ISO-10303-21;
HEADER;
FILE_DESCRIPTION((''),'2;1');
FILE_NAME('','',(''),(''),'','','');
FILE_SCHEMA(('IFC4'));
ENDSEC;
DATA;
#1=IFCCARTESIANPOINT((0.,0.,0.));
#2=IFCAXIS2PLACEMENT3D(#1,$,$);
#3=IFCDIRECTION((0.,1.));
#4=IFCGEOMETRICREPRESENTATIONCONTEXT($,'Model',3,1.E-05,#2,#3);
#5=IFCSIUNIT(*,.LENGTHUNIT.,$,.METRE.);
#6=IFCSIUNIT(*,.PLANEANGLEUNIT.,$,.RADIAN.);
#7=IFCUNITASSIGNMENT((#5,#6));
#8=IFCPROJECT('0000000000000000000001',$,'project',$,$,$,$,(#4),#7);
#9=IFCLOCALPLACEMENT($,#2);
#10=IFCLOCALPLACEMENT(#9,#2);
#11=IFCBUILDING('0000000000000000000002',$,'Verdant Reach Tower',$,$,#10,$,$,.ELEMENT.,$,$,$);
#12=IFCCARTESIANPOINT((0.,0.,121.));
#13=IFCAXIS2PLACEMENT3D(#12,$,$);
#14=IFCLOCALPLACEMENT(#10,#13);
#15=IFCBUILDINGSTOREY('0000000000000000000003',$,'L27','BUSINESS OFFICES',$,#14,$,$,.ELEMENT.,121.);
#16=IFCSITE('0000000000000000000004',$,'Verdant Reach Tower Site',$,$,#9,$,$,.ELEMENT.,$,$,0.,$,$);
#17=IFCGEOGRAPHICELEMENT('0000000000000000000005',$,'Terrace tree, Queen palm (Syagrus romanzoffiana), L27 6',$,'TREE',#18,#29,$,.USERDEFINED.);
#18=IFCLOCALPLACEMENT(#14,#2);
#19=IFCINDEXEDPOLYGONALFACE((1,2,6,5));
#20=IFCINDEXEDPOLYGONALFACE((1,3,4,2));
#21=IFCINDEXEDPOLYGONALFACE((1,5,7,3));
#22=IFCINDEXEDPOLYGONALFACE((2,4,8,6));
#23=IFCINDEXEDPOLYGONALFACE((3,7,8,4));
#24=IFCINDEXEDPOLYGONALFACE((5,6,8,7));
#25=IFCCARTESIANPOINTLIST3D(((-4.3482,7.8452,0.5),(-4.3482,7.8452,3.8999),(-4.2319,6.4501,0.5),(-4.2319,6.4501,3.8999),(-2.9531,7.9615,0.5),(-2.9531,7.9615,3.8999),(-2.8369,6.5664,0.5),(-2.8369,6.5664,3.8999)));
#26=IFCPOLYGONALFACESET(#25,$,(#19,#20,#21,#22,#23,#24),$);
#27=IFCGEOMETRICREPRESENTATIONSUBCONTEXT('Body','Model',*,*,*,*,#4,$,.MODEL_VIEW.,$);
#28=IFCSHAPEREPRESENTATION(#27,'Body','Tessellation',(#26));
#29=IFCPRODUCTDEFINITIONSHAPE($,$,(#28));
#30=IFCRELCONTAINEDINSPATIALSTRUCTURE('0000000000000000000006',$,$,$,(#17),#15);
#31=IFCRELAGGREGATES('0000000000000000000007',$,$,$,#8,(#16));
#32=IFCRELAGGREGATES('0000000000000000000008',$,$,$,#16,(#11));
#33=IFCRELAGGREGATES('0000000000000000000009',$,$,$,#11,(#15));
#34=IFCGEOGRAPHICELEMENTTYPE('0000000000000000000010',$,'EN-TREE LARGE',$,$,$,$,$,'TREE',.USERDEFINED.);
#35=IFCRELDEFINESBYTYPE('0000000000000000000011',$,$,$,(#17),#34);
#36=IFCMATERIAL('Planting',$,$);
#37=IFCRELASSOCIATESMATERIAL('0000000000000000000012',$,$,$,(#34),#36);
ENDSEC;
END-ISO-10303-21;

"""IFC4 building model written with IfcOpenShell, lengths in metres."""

from ifc_helpers import new_model, si_unit, direction, frame, origin, origin_2d, place, context, subcontext, project, spatial, rectangle, extrude, material, type_object, element, save


model = new_model("IFC4")

# Units and contexts
model_context = context("Model", 3, precision=1e-05, world=origin(), true_north=direction((0.0, 1.0)))
body_context = subcontext(model_context, "Body", "Model", "MODEL_VIEW")
ifc_project = project(units=[si_unit("LENGTHUNIT", "METRE"), si_unit("PLANEANGLEUNIT", "RADIAN")], contexts=[model_context])

# Site, building, storey
site_placement = place(None, origin())
site = spatial("IfcSite", under=ifc_project, at=site_placement, Name="Verdant Reach Tower Site", CompositionType="ELEMENT", RefElevation=0.0)
building_placement = place(site_placement, origin())
building = spatial("IfcBuilding", under=site, at=building_placement, Name="Verdant Reach Tower", CompositionType="ELEMENT")
storey_placement = place(building_placement, frame((0.0, 0.0, 121.0)))
storey = spatial("IfcBuildingStorey", under=building, at=storey_placement, Name="L27", Description="BUSINESS OFFICES", CompositionType="ELEMENT", Elevation=121.0)

# Geographic element
ifc_material_1 = material(Name="Planting")
geographic_element_type_1 = type_object("IfcGeographicElementType", Name="EN-TREE LARGE", ElementType="TREE", PredefinedType="USERDEFINED", material=ifc_material_1)
geographic_element_placement = place(storey_placement, frame((-3.5925, 7.2058, 0.5), z_axis=(0.0, 0.0, 1.0), x_axis=(-0.996546, -0.083045, 0.0)))
element("IfcGeographicElement", 1, at=geographic_element_placement, inside=storey, type_object=geographic_element_type_1, Name="Terrace tree, Queen palm (Syagrus romanzoffiana), L27 6", ObjectType="TREE", PredefinedType="USERDEFINED", context=body_context, shape_type="SweptSolid", body=[
    extrude(rectangle(XDim=1.3999, YDim=1.3999, at=origin_2d()), origin(), (0.0, 0.0, 1.0), 3.3999),
])

save(model, "model.ifc")
